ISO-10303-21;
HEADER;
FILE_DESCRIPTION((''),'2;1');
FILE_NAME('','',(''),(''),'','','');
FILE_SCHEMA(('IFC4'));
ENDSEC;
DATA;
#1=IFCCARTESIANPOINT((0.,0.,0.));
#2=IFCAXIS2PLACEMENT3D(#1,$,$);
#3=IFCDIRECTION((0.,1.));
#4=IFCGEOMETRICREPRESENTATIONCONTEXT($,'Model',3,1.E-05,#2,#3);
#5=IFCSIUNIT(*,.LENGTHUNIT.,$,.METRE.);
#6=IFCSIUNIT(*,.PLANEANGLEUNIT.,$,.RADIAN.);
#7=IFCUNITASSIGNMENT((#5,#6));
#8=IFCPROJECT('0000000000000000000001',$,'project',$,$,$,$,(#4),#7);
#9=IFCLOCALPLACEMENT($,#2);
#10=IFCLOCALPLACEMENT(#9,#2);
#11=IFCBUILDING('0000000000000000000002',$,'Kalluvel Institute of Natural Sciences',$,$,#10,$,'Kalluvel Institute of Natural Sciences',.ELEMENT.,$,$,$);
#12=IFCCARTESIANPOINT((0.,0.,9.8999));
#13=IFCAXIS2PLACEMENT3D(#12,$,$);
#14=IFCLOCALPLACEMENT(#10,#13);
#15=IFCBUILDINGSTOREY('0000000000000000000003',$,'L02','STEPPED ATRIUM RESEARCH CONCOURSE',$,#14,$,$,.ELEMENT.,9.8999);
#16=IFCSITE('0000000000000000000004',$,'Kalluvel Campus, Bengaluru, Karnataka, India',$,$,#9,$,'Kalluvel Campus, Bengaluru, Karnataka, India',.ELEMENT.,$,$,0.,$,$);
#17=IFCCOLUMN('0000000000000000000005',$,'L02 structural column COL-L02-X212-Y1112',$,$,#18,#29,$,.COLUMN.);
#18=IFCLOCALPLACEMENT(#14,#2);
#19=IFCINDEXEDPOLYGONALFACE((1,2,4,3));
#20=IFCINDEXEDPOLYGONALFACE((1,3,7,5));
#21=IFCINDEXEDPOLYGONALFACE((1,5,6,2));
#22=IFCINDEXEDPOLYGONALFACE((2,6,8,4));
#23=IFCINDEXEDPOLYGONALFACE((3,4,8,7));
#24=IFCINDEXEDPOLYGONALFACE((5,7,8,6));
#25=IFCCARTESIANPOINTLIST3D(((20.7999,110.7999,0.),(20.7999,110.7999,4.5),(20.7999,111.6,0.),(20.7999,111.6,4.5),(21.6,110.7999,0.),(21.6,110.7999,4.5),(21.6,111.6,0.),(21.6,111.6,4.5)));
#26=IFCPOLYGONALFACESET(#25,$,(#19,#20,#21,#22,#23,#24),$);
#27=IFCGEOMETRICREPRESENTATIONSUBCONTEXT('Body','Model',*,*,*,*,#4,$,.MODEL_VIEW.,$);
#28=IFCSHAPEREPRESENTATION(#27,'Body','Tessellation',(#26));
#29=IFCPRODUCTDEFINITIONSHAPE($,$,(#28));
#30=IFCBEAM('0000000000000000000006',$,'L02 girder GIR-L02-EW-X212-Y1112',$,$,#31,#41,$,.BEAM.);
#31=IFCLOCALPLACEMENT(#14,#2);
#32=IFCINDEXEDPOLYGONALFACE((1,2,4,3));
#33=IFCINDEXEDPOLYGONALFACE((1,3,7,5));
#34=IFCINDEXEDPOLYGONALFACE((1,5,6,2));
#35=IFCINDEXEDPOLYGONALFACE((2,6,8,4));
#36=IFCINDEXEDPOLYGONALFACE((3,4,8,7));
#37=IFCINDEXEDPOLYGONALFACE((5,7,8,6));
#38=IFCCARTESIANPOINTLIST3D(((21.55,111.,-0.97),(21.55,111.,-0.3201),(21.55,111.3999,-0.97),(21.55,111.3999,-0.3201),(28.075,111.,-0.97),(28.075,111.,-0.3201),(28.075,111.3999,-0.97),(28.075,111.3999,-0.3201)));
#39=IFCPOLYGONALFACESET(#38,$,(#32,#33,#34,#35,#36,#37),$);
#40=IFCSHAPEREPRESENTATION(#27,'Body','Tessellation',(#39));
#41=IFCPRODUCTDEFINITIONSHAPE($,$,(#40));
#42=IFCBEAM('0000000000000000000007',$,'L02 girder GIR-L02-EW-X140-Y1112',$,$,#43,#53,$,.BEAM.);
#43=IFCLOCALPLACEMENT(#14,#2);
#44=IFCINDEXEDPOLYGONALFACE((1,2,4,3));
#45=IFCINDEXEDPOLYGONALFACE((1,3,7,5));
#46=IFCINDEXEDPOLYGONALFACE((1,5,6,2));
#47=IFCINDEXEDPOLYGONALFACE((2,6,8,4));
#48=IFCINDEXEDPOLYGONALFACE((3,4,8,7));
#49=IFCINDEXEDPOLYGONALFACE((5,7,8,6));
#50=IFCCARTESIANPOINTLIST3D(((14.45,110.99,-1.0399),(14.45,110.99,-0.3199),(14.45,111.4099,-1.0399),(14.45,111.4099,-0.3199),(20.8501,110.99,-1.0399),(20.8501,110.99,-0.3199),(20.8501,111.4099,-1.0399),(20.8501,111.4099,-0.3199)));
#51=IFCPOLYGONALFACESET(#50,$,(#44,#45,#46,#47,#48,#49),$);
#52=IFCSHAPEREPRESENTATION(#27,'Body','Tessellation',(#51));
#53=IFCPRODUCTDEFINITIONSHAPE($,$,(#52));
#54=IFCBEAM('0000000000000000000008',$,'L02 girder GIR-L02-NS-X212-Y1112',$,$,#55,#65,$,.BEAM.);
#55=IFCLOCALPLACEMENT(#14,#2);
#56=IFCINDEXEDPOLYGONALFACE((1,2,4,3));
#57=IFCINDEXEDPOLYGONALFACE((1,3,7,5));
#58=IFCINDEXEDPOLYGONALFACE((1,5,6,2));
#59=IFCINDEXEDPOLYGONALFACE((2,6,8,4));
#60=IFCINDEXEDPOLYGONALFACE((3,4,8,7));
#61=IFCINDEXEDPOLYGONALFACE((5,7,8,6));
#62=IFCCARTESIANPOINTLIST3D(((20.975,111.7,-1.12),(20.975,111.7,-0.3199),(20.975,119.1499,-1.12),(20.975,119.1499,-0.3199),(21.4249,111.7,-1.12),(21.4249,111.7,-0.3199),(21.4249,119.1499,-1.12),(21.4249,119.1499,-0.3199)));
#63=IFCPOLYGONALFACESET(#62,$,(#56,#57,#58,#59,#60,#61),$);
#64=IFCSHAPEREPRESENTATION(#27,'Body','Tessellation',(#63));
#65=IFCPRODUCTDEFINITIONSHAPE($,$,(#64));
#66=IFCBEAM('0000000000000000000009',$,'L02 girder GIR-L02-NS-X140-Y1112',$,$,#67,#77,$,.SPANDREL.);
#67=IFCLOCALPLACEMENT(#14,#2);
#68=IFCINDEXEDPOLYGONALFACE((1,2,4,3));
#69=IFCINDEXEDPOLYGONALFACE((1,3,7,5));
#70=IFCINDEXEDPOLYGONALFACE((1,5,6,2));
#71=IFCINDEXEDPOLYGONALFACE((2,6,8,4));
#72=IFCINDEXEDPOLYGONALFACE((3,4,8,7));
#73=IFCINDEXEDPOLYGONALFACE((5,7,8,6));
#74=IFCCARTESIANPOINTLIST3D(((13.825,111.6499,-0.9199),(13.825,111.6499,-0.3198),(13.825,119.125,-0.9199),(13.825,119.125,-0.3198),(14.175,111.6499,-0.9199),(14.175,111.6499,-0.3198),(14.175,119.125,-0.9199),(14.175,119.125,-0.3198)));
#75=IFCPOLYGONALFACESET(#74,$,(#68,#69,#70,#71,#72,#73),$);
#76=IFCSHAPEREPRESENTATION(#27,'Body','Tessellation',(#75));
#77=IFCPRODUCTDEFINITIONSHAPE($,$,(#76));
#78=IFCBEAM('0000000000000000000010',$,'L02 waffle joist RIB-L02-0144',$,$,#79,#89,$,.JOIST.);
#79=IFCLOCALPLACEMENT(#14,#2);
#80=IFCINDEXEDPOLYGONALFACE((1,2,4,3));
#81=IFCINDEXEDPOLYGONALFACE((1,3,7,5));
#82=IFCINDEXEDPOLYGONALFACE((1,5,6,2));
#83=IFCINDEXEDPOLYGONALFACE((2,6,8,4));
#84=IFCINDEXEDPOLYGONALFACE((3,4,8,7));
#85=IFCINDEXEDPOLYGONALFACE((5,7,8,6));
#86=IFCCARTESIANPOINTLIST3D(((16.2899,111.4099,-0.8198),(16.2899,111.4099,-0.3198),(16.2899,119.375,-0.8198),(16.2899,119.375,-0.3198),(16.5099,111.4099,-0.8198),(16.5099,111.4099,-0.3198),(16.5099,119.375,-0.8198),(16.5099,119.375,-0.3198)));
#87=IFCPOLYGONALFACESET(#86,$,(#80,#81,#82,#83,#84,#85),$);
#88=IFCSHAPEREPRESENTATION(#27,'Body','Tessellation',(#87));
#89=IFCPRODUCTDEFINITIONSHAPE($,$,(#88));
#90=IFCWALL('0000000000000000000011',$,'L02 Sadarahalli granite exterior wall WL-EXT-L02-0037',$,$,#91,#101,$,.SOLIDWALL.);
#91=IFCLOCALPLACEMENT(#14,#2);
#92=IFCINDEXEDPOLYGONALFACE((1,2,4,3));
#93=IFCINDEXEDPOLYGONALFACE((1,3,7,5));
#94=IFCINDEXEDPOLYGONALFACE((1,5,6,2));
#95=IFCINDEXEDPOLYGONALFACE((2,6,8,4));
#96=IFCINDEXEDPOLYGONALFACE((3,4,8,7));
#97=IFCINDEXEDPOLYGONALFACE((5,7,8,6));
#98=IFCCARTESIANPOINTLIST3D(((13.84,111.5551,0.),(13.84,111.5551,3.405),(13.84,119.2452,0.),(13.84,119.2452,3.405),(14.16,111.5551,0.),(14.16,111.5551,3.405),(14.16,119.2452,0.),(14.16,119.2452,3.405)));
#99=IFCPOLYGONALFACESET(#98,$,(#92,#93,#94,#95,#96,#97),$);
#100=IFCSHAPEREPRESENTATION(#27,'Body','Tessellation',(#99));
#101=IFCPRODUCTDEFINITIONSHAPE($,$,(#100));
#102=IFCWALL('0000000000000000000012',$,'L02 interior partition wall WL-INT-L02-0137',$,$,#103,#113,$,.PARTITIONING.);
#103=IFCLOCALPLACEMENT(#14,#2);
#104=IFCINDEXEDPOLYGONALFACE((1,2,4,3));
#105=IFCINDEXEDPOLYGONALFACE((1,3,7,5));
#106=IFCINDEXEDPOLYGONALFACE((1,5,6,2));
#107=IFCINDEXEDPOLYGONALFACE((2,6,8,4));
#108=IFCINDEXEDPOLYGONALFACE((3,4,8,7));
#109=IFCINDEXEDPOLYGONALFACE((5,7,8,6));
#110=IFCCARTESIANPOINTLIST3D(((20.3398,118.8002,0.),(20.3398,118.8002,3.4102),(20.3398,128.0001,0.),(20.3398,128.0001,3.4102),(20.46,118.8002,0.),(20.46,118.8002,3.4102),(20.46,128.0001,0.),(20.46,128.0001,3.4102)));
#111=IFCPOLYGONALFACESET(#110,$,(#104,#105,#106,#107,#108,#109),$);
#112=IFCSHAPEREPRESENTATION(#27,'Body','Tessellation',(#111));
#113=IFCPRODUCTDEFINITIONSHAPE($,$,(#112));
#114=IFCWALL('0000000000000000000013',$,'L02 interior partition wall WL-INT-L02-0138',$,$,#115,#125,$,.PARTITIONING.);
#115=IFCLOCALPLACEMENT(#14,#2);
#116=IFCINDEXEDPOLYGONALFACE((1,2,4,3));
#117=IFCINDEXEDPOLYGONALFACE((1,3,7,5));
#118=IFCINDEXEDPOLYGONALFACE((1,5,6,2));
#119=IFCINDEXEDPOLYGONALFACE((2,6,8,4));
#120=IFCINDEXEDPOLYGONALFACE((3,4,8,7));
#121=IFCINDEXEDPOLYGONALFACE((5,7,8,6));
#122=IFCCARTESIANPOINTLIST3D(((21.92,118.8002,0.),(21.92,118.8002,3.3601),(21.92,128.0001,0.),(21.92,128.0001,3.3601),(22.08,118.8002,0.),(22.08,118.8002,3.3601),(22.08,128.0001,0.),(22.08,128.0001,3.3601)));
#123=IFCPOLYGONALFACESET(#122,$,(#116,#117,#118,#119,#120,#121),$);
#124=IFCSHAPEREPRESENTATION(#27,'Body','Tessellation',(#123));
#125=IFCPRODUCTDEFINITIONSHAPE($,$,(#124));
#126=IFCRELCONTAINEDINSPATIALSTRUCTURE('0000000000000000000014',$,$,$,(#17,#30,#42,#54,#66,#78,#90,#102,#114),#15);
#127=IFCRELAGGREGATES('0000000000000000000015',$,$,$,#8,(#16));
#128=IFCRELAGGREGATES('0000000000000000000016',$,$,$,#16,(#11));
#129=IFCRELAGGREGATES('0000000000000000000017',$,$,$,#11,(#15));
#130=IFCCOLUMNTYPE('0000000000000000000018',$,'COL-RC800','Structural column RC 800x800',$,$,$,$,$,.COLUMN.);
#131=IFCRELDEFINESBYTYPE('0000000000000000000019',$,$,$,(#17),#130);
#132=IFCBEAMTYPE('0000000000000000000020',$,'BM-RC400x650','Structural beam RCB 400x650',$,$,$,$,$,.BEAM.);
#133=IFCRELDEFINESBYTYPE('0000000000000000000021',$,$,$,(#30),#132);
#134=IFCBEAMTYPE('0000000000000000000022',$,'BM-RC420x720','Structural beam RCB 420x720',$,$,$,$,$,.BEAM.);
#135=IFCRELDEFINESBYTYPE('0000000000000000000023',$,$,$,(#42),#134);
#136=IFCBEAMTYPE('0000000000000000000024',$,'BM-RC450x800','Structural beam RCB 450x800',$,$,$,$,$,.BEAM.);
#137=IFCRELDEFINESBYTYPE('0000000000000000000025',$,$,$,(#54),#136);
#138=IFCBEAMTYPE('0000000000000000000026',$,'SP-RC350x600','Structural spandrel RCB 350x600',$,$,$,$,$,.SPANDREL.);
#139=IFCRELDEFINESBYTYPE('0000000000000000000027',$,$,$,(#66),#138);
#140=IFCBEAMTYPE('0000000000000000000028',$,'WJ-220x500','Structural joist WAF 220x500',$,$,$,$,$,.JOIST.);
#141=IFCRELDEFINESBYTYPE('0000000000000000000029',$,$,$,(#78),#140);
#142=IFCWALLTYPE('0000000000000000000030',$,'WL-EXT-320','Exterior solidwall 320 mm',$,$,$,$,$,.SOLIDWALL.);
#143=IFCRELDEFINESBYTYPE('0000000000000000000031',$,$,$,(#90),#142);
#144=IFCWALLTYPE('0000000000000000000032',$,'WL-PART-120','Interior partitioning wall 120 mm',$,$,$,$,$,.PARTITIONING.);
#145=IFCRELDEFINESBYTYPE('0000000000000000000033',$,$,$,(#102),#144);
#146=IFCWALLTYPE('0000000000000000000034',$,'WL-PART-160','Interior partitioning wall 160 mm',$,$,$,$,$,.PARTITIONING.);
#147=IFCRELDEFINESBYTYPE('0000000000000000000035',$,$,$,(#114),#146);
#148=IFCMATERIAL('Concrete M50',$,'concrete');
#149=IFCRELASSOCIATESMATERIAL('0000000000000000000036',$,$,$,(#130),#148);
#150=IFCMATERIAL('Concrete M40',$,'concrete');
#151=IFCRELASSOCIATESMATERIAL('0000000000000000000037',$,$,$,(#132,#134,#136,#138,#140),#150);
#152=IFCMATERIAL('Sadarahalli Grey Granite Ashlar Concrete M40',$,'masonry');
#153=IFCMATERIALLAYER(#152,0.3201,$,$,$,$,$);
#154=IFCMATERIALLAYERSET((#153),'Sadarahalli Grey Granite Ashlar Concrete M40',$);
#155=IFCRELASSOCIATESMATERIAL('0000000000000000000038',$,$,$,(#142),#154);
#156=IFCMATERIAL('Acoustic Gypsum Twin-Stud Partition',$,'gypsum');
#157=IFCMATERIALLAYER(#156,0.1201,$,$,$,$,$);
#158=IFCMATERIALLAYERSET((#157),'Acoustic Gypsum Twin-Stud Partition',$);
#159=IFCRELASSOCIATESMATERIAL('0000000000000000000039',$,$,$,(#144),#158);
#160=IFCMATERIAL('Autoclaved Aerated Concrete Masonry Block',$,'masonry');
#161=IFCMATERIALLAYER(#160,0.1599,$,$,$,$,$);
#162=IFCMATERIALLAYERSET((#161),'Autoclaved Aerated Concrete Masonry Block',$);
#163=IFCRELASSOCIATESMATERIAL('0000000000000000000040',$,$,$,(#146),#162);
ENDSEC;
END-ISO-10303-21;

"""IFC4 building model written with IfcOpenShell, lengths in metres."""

from ifc_helpers import new_model, si_unit, direction, frame, frame_2d, origin, origin_2d, place, context, subcontext, project, spatial, rectangle, extrude, material, layer, layer_set, material_profile, profile_set, type_object, element, save


model = new_model("IFC4")

# Units and contexts
model_context = context("Model", 3, precision=1e-05, world=origin(), true_north=direction((0.0, 1.0)))
body_context = subcontext(model_context, "Body", "Model", "MODEL_VIEW")
ifc_project = project(units=[si_unit("LENGTHUNIT", "METRE"), si_unit("PLANEANGLEUNIT", "RADIAN")], contexts=[model_context])

# Site, building, storey
site_placement = place(None, origin())
site = spatial("IfcSite", under=ifc_project, at=site_placement, Name="Kalluvel Campus, Bengaluru, Karnataka, India", LongName="Kalluvel Campus, Bengaluru, Karnataka, India", CompositionType="ELEMENT", RefElevation=0.0)
building_placement = place(site_placement, origin())
building = spatial("IfcBuilding", under=site, at=building_placement, Name="Kalluvel Institute of Natural Sciences", LongName="Kalluvel Institute of Natural Sciences", CompositionType="ELEMENT")
storey_placement = place(building_placement, frame((0.0, 0.0, 9.8999)))
storey = spatial("IfcBuildingStorey", under=building, at=storey_placement, Name="L02", Description="STEPPED ATRIUM RESEARCH CONCOURSE", CompositionType="ELEMENT", Elevation=9.8999)

# Column
ifc_material_1 = material(Name="Concrete M50", Category="concrete")
ifc_material_profile_1 = material_profile(ifc_material_1, rectangle(XDim=0.8, YDim=0.8, at=origin_2d()), Name="RC 800x800")
ifc_profile_set_1 = profile_set([ifc_material_profile_1], Name="Concrete M50")
column_type = type_object("IfcColumnType", Name="COL-RC800", Description="Structural column RC 800x800", PredefinedType="COLUMN", material=ifc_profile_set_1)
column_placement = place(storey_placement, frame((21.2, 111.2, 0.0), z_axis=(0.0, 0.0, 1.0), x_axis=(1.0, 0.0, 0.0)))
element("IfcColumn", 1, at=column_placement, inside=storey, type_object=column_type, Name="L02 structural column COL-L02-X212-Y1112", PredefinedType="COLUMN", context=body_context, shape_type="SweptSolid", body=[
    extrude(rectangle(XDim=0.8, YDim=0.8, at=origin_2d()), origin(), (0.0, 0.0, 1.0), 4.5),
])

# Beams
ifc_material_2 = material(Name="Concrete M40", Category="concrete")
ifc_material_profile_2 = material_profile(ifc_material_2, rectangle(XDim=0.3999, YDim=0.6499, at=origin_2d()), Name="RCB 400x650")
ifc_profile_set_2 = profile_set([ifc_material_profile_2], Name="Concrete M40")
beam_type_1 = type_object("IfcBeamType", Name="BM-RC400x650", Description="Structural beam RCB 400x650", PredefinedType="BEAM", material=ifc_profile_set_2)
beam_1_placement = place(storey_placement, frame((21.55, 111.2, -0.645), z_axis=(1.0, 0.0, 0.0), x_axis=(0.0, 1.0, 0.0)))
element("IfcBeam", 2, at=beam_1_placement, inside=storey, type_object=beam_type_1, Name="L02 girder GIR-L02-EW-X212-Y1112", PredefinedType="BEAM", context=body_context, shape_type="SweptSolid", body=[
    extrude(rectangle(XDim=0.3999, YDim=0.6499, at=origin_2d()), origin(), (0.0, 0.0, 1.0), 6.5249),
])
ifc_material_profile_3 = material_profile(ifc_material_2, rectangle(XDim=0.4199, YDim=0.72, at=origin_2d()), Name="RCB 420x720")
ifc_profile_set_3 = profile_set([ifc_material_profile_3], Name="Concrete M40")
beam_type_2 = type_object("IfcBeamType", Name="BM-RC420x720", Description="Structural beam RCB 420x720", PredefinedType="BEAM", material=ifc_profile_set_3)
beam_2_placement = place(storey_placement, frame((14.45, 111.2, -0.6799), z_axis=(1.0, 0.0, 0.0), x_axis=(0.0, 1.0, 0.0)))
element("IfcBeam", 3, at=beam_2_placement, inside=storey, type_object=beam_type_2, Name="L02 girder GIR-L02-EW-X140-Y1112", PredefinedType="BEAM", context=body_context, shape_type="SweptSolid", body=[
    extrude(rectangle(XDim=0.4199, YDim=0.72, at=origin_2d()), origin(), (0.0, 0.0, 1.0), 6.4001),
])
ifc_material_profile_4 = material_profile(ifc_material_2, rectangle(XDim=0.45, YDim=0.8, at=origin_2d()), Name="RCB 450x800")
ifc_profile_set_4 = profile_set([ifc_material_profile_4], Name="Concrete M40")
beam_type_3 = type_object("IfcBeamType", Name="BM-RC450x800", Description="Structural beam RCB 450x800", PredefinedType="BEAM", material=ifc_profile_set_4)
beam_3_placement = place(storey_placement, frame((21.2, 111.7, -0.72), z_axis=(0.0, 1.0, 0.0), x_axis=(-1.0, 0.0, 0.0)))
element("IfcBeam", 4, at=beam_3_placement, inside=storey, type_object=beam_type_3, Name="L02 girder GIR-L02-NS-X212-Y1112", PredefinedType="BEAM", context=body_context, shape_type="SweptSolid", body=[
    extrude(rectangle(XDim=0.45, YDim=0.8, at=origin_2d()), origin(), (0.0, 0.0, 1.0), 7.45),
])
ifc_material_profile_5 = material_profile(ifc_material_2, rectangle(XDim=0.3501, YDim=0.6001, at=origin_2d()), Name="RCB 350x600")
ifc_profile_set_5 = profile_set([ifc_material_profile_5], Name="Concrete M40")
beam_type_4 = type_object("IfcBeamType", Name="SP-RC350x600", Description="Structural spandrel RCB 350x600", PredefinedType="SPANDREL", material=ifc_profile_set_5)
beam_4_placement = place(storey_placement, frame((14.0, 111.6499, -0.6199), z_axis=(0.0, 1.0, 0.0), x_axis=(-1.0, 0.0, 0.0)))
element("IfcBeam", 5, at=beam_4_placement, inside=storey, type_object=beam_type_4, Name="L02 girder GIR-L02-NS-X140-Y1112", PredefinedType="SPANDREL", context=body_context, shape_type="SweptSolid", body=[
    extrude(rectangle(XDim=0.3501, YDim=0.6001, at=origin_2d()), origin(), (0.0, 0.0, 1.0), 7.4751),
])
ifc_material_profile_6 = material_profile(ifc_material_2, rectangle(XDim=0.22, YDim=0.5, at=origin_2d()), Name="WAF 220x500")
ifc_profile_set_6 = profile_set([ifc_material_profile_6], Name="Concrete M40")
beam_type_5 = type_object("IfcBeamType", Name="WJ-220x500", Description="Structural joist WAF 220x500", PredefinedType="JOIST", material=ifc_profile_set_6)
beam_5_placement = place(storey_placement, frame((16.3999, 111.4099, -0.5698), z_axis=(0.0, 1.0, 0.0), x_axis=(-1.0, 0.0, 0.0)))
element("IfcBeam", 6, at=beam_5_placement, inside=storey, type_object=beam_type_5, Name="L02 waffle joist RIB-L02-0144", PredefinedType="JOIST", context=body_context, shape_type="SweptSolid", body=[
    extrude(rectangle(XDim=0.22, YDim=0.5, at=origin_2d()), origin(), (0.0, 0.0, 1.0), 7.9651),
])

# Walls
ifc_material_3 = material(Name="Sadarahalli Grey Granite Ashlar Concrete M40", Category="masonry")
ifc_layer_1 = layer(ifc_material_3, 0.3201)
ifc_layer_set_1 = layer_set([ifc_layer_1], Name="Sadarahalli Grey Granite Ashlar Concrete M40")
wall_type_1 = type_object("IfcWallType", Name="WL-EXT-320", Description="Exterior solidwall 320 mm", PredefinedType="SOLIDWALL", material=ifc_layer_set_1)
wall_1_placement = place(storey_placement, frame((14.0, 111.5549, 0.0), z_axis=(0.0, 0.0, 1.0), x_axis=(0.0, 1.0, 0.0)))
element("IfcWall", 7, at=wall_1_placement, inside=storey, type_object=wall_type_1, Name="L02 Sadarahalli granite exterior wall WL-EXT-L02-0037", PredefinedType="SOLIDWALL", context=body_context, shape_type="SweptSolid", body=[
    extrude(rectangle(XDim=7.6902, YDim=0.3201, at=frame_2d((3.8452, 0.0))), origin(), (0.0, 0.0, 1.0), 3.405),
])
ifc_material_4 = material(Name="Acoustic Gypsum Twin-Stud Partition", Category="gypsum")
ifc_layer_2 = layer(ifc_material_4, 0.1201)
ifc_layer_set_2 = layer_set([ifc_layer_2], Name="Acoustic Gypsum Twin-Stud Partition")
wall_type_2 = type_object("IfcWallType", Name="WL-PART-120", Description="Interior partitioning wall 120 mm", PredefinedType="PARTITIONING", material=ifc_layer_set_2)
wall_2_placement = place(storey_placement, frame((20.3999, 118.8, 0.0), z_axis=(0.0, 0.0, 1.0), x_axis=(0.0, 1.0, 0.0)))
element("IfcWall", 8, at=wall_2_placement, inside=storey, type_object=wall_type_2, Name="L02 interior partition wall WL-INT-L02-0137", PredefinedType="PARTITIONING", context=body_context, shape_type="SweptSolid", body=[
    extrude(rectangle(XDim=9.2, YDim=0.1201, at=frame_2d((4.6001, 0.0))), origin(), (0.0, 0.0, 1.0), 3.4102),
])

# Shared definitions
ifc_material_5 = material(Name="Autoclaved Aerated Concrete Masonry Block", Category="masonry")
ifc_layer_3 = layer(ifc_material_5, 0.1599)
ifc_layer_set_3 = layer_set([ifc_layer_3], Name="Autoclaved Aerated Concrete Masonry Block")
wall_type_3 = type_object("IfcWallType", Name="WL-PART-160", Description="Interior partitioning wall 160 mm", PredefinedType="PARTITIONING", material=ifc_layer_set_3)

# Wall
wall_3_placement = place(storey_placement, frame((22.0, 118.8, 0.0), z_axis=(0.0, 0.0, 1.0), x_axis=(0.0, 1.0, 0.0)))
element("IfcWall", 9, at=wall_3_placement, inside=storey, type_object=wall_type_3, Name="L02 interior partition wall WL-INT-L02-0138", PredefinedType="PARTITIONING", context=body_context, shape_type="SweptSolid", body=[
    extrude(rectangle(XDim=9.2, YDim=0.1599, at=frame_2d((4.6001, 0.0))), origin(), (0.0, 0.0, 1.0), 3.3601),
])

save(model, "model.ifc")
